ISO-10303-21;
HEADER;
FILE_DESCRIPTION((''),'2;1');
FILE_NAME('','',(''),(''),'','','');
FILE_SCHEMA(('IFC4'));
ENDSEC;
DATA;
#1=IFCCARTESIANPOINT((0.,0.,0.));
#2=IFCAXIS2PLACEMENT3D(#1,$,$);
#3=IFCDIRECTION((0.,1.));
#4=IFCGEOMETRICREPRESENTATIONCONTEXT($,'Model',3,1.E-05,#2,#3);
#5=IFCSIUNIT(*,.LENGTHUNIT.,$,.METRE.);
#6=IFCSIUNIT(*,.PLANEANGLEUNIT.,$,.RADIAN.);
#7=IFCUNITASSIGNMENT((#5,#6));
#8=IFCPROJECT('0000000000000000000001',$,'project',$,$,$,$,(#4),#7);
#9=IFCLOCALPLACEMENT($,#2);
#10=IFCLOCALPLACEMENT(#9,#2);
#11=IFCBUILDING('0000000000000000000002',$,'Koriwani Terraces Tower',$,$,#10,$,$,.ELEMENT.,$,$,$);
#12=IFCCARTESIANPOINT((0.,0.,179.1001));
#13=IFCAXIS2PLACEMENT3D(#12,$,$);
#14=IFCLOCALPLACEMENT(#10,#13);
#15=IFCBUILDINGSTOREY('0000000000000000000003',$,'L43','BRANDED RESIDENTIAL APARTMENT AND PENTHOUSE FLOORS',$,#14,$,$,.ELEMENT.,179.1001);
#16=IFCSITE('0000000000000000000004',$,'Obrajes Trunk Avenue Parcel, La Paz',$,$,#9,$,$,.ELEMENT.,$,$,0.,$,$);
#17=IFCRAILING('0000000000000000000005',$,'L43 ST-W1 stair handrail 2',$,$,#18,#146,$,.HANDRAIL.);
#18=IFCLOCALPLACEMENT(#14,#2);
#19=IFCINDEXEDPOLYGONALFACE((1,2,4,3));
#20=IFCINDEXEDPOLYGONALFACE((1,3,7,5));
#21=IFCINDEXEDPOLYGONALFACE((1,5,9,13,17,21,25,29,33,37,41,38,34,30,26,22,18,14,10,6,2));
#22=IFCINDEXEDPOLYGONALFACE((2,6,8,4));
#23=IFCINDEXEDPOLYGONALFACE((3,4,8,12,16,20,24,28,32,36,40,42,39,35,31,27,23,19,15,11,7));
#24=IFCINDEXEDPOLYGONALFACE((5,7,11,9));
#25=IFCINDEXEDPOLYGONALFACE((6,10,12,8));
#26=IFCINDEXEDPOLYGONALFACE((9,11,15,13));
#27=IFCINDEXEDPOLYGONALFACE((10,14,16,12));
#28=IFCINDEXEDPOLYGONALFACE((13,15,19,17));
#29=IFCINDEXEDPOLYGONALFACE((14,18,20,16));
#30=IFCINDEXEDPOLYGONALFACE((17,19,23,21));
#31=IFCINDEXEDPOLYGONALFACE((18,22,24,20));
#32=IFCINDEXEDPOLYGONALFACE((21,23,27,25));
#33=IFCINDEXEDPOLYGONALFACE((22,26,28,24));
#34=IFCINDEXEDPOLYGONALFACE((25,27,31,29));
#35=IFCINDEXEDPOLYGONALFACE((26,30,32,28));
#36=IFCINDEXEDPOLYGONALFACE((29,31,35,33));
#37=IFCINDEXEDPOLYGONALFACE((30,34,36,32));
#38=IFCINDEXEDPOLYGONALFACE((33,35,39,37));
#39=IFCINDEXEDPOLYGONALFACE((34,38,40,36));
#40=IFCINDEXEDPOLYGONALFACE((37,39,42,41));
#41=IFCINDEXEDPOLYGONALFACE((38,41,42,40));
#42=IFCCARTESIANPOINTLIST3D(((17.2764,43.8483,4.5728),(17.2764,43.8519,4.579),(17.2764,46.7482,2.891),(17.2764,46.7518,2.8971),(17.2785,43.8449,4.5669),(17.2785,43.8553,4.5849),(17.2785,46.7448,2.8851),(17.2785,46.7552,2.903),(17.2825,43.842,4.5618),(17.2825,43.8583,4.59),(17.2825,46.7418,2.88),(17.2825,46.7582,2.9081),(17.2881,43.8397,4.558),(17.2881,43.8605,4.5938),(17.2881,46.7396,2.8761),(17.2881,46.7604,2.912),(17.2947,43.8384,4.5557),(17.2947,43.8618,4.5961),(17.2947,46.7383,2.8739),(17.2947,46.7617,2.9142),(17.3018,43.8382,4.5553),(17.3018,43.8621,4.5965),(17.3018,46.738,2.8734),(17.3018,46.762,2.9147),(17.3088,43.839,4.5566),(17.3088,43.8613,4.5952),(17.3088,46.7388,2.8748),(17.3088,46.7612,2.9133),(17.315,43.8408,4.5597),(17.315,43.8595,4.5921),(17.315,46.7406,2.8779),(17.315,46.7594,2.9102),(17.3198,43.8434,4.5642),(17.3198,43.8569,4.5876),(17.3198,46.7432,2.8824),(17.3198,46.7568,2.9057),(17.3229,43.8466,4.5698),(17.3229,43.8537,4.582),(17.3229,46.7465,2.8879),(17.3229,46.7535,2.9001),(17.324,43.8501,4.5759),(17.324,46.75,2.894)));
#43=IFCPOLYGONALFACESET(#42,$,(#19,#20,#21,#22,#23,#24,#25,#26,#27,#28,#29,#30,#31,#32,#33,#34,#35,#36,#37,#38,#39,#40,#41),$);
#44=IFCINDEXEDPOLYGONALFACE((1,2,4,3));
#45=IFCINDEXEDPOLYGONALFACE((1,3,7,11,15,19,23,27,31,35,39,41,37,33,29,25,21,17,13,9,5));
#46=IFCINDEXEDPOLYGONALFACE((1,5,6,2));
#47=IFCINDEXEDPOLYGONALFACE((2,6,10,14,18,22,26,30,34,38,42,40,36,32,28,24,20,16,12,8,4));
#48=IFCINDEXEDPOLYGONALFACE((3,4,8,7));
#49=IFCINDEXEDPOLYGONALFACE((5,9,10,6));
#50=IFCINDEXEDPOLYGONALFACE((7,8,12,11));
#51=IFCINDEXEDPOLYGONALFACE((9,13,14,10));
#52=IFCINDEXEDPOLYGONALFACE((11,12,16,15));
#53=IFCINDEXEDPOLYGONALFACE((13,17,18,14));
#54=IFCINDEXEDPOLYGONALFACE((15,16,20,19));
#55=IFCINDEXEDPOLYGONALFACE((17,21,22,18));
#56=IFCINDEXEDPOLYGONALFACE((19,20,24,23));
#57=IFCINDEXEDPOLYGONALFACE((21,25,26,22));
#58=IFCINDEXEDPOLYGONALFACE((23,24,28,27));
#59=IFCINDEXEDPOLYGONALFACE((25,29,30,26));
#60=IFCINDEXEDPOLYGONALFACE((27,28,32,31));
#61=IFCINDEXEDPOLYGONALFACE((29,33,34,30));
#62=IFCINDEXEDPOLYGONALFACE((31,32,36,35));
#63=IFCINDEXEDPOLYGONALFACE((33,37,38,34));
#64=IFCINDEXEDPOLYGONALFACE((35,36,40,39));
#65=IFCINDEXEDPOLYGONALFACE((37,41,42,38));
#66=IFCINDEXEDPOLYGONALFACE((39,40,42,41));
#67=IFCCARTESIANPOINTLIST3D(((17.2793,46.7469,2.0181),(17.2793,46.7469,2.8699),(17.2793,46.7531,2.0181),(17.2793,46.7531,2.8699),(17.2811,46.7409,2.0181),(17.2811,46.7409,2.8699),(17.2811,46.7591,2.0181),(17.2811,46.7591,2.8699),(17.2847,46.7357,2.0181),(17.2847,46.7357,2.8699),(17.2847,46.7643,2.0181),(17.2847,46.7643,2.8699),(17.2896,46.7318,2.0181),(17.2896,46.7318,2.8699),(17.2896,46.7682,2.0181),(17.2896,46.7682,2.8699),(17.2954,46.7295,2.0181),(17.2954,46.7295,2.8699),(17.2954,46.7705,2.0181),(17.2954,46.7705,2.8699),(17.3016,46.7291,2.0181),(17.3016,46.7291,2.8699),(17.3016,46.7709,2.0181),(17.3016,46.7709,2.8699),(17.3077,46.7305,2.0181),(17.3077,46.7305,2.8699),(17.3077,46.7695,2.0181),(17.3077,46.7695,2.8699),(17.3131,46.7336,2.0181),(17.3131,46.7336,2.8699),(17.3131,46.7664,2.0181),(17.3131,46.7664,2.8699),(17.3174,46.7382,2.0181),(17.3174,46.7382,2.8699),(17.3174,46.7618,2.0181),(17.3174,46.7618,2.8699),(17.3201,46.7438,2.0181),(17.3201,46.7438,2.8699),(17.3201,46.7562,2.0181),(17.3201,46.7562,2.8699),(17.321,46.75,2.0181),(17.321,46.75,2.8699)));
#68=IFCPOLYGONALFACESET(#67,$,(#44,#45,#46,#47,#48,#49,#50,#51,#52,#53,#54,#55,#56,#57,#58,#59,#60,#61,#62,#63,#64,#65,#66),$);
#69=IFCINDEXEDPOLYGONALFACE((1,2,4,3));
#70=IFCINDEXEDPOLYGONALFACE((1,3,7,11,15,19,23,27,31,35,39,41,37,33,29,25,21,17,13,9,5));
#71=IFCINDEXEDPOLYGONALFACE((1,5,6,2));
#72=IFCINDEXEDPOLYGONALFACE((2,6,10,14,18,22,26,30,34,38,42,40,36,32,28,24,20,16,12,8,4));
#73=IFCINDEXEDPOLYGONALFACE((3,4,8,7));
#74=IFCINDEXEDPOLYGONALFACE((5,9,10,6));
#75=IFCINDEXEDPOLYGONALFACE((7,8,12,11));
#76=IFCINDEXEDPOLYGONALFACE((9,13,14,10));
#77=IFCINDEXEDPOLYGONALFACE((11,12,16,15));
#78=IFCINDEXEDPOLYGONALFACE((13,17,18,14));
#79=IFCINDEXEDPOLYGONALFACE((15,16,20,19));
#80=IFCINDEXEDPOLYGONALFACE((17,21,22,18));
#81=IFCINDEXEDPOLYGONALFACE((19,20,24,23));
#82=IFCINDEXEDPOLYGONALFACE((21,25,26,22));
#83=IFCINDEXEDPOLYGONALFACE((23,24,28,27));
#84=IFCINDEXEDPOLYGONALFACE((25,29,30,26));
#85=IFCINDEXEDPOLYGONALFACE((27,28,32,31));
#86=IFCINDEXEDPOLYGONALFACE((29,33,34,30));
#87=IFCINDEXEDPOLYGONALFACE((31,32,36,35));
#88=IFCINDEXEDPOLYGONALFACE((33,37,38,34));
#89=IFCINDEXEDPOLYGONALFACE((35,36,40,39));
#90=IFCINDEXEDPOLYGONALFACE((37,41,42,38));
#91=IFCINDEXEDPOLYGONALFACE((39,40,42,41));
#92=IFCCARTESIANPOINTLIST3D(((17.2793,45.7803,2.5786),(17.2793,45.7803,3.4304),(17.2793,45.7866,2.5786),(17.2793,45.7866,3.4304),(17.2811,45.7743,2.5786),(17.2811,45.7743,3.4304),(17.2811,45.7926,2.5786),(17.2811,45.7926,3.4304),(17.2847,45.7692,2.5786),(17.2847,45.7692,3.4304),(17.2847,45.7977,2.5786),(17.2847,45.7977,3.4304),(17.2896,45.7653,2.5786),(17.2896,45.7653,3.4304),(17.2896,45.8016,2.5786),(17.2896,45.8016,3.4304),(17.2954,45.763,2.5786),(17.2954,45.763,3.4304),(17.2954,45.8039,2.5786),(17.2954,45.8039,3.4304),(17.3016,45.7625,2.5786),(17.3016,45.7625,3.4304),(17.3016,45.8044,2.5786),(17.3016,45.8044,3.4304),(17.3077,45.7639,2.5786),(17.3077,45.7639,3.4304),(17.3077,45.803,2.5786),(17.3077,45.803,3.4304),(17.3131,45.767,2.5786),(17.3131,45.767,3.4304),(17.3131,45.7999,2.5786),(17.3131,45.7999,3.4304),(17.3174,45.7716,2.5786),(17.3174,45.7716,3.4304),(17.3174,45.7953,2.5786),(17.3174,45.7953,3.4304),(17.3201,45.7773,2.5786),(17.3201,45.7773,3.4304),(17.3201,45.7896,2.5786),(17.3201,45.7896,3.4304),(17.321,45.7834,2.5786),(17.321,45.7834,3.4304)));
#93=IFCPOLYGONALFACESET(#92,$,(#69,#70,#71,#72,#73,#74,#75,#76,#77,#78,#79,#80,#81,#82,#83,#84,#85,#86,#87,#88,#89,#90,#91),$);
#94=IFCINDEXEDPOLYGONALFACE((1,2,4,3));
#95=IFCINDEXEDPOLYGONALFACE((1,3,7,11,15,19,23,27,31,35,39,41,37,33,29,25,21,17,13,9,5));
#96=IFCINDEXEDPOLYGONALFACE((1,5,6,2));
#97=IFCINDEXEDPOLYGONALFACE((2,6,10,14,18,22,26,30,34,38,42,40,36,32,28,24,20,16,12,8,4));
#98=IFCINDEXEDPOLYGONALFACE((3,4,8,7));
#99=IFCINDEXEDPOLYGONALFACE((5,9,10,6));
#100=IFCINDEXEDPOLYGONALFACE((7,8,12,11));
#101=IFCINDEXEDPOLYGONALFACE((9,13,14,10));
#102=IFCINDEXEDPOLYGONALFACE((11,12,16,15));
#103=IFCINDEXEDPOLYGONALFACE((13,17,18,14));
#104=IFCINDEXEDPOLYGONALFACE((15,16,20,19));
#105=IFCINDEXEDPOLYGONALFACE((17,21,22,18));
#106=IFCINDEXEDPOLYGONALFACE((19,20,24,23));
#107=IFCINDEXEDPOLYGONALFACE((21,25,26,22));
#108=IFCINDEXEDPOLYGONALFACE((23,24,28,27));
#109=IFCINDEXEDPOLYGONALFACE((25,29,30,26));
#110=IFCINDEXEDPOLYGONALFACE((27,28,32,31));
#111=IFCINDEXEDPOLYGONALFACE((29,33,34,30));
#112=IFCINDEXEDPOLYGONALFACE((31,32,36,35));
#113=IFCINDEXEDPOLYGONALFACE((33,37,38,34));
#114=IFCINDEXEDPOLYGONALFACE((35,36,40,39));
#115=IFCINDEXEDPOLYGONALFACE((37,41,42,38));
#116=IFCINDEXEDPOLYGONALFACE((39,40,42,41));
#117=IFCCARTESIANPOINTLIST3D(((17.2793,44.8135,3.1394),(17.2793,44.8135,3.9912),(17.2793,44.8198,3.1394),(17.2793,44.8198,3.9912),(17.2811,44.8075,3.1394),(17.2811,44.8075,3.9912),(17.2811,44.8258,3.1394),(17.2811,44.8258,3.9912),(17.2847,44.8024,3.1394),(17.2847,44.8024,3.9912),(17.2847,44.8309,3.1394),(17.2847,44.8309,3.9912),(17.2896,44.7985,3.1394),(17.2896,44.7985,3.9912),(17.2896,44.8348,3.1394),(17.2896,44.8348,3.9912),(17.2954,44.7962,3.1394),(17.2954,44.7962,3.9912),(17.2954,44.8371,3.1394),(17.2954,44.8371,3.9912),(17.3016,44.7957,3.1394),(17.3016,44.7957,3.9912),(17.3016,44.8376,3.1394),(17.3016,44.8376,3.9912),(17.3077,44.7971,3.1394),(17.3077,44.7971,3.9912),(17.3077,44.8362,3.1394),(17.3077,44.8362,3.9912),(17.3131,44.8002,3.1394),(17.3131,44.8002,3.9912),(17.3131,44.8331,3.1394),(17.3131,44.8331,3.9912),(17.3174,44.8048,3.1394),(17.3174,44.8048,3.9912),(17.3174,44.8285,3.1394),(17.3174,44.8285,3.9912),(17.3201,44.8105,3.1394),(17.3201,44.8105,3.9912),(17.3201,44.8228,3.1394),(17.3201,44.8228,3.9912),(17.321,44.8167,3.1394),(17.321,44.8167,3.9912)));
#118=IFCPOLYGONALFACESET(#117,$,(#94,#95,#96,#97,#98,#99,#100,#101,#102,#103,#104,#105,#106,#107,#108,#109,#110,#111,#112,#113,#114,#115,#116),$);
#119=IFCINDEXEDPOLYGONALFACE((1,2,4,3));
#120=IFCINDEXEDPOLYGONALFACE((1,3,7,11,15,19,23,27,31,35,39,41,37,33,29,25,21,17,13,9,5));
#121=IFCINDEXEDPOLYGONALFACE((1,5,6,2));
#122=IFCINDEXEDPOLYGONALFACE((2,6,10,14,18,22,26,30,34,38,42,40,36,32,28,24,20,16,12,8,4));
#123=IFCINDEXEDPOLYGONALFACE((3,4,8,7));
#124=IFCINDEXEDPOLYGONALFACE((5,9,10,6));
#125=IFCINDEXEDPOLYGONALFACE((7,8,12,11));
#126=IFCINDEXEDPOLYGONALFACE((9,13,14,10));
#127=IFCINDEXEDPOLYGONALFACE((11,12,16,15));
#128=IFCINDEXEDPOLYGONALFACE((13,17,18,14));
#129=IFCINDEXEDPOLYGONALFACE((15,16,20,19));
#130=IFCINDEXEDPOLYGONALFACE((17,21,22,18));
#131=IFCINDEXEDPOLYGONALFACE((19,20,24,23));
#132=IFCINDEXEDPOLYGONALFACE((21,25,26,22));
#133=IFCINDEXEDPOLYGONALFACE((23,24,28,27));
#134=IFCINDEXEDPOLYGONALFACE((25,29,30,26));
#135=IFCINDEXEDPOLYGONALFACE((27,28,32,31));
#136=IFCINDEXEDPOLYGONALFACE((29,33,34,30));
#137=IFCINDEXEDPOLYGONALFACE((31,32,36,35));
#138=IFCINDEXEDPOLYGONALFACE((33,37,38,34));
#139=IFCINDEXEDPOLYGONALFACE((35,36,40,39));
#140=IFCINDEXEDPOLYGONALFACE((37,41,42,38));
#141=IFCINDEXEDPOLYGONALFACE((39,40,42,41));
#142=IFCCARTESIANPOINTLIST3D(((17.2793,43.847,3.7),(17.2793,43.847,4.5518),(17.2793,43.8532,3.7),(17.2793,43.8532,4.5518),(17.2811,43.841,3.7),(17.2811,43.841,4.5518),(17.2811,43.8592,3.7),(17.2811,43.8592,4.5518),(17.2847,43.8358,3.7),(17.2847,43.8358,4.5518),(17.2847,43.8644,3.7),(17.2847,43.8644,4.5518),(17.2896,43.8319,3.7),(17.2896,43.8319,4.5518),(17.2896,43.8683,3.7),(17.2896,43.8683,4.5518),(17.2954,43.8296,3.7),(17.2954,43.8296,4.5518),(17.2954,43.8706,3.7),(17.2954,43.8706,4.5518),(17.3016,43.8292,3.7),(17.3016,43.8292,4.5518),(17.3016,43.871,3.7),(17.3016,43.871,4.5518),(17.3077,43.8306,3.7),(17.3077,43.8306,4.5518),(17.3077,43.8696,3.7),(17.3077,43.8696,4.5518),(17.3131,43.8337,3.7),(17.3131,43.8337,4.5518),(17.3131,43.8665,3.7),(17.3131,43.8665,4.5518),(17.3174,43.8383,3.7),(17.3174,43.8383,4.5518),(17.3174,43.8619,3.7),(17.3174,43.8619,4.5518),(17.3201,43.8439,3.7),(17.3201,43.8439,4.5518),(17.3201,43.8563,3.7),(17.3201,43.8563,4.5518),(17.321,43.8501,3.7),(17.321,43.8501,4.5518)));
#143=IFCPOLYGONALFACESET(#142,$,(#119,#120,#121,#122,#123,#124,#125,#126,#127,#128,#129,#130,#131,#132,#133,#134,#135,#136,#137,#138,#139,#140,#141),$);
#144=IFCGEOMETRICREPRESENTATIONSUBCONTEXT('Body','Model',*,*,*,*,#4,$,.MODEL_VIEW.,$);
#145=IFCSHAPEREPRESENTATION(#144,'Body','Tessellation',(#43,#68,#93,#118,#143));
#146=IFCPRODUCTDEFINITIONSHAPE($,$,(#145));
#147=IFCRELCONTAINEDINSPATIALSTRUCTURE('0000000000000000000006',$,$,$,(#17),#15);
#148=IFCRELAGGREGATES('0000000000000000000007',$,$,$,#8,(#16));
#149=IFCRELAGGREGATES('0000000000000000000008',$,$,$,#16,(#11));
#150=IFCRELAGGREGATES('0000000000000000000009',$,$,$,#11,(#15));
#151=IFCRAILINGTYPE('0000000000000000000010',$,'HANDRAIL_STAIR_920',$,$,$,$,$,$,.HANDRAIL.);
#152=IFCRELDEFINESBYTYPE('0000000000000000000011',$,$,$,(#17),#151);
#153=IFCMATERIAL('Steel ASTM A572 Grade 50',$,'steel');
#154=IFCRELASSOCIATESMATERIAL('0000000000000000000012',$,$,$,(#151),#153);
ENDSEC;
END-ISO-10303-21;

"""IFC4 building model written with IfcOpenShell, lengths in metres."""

from ifc_helpers import new_model, si_unit, direction, frame, origin, origin_2d, place, context, subcontext, project, spatial, circle, extrude, material, type_object, element, save


model = new_model("IFC4")

# Units and contexts
model_context = context("Model", 3, precision=1e-05, world=origin(), true_north=direction((0.0, 1.0)))
body_context = subcontext(model_context, "Body", "Model", "MODEL_VIEW")
ifc_project = project(units=[si_unit("LENGTHUNIT", "METRE"), si_unit("PLANEANGLEUNIT", "RADIAN")], contexts=[model_context])

# Site, building, storey
site_placement = place(None, origin())
site = spatial("IfcSite", under=ifc_project, at=site_placement, Name="Obrajes Trunk Avenue Parcel, La Paz", CompositionType="ELEMENT", RefElevation=0.0)
building_placement = place(site_placement, origin())
building = spatial("IfcBuilding", under=site, at=building_placement, Name="Koriwani Terraces Tower", CompositionType="ELEMENT")
storey_placement = place(building_placement, frame((0.0, 0.0, 179.1001)))
storey = spatial("IfcBuildingStorey", under=building, at=storey_placement, Name="L43", Description="BRANDED RESIDENTIAL APARTMENT AND PENTHOUSE FLOORS", CompositionType="ELEMENT", Elevation=179.1001)

# Shared definitions
ifc_material_1 = material(Name="Steel ASTM A572 Grade 50", Category="steel")

# Railing
railing_type_1 = type_object("IfcRailingType", Name="HANDRAIL_STAIR_920", PredefinedType="HANDRAIL", material=ifc_material_1)
railing_1_placement = place(storey_placement, frame((17.3, 46.75, 2.0181)))
element("IfcRailing", 1, at=railing_1_placement, inside=storey, type_object=railing_type_1, Name="L43 ST-W1 stair handrail 2", PredefinedType="HANDRAIL", context=body_context, shape_type="SweptSolid", body=[
    extrude(circle(Radius=0.0239, at=origin_2d()), frame((0.0, 0.0, 0.876), z_axis=(0.0, -0.865039, 0.501705), x_axis=(1.0, 0.0, 0.0)), (0.0, 0.0, 1.0), 3.3523),
    extrude(circle(Radius=0.021, at=origin_2d()), origin(), (0.0, 0.0, 1.0), 0.8518),
    extrude(circle(Radius=0.021, at=origin_2d()), frame((0.0, -0.9666, 0.5605)), (0.0, 0.0, 1.0), 0.8518),
    extrude(circle(Radius=0.021, at=origin_2d()), frame((0.0, -1.9333, 1.1213)), (0.0, 0.0, 1.0), 0.8518),
    extrude(circle(Radius=0.021, at=origin_2d()), frame((0.0, -2.8999, 1.6819)), (0.0, 0.0, 1.0), 0.8518),
])

save(model, "model.ifc")
